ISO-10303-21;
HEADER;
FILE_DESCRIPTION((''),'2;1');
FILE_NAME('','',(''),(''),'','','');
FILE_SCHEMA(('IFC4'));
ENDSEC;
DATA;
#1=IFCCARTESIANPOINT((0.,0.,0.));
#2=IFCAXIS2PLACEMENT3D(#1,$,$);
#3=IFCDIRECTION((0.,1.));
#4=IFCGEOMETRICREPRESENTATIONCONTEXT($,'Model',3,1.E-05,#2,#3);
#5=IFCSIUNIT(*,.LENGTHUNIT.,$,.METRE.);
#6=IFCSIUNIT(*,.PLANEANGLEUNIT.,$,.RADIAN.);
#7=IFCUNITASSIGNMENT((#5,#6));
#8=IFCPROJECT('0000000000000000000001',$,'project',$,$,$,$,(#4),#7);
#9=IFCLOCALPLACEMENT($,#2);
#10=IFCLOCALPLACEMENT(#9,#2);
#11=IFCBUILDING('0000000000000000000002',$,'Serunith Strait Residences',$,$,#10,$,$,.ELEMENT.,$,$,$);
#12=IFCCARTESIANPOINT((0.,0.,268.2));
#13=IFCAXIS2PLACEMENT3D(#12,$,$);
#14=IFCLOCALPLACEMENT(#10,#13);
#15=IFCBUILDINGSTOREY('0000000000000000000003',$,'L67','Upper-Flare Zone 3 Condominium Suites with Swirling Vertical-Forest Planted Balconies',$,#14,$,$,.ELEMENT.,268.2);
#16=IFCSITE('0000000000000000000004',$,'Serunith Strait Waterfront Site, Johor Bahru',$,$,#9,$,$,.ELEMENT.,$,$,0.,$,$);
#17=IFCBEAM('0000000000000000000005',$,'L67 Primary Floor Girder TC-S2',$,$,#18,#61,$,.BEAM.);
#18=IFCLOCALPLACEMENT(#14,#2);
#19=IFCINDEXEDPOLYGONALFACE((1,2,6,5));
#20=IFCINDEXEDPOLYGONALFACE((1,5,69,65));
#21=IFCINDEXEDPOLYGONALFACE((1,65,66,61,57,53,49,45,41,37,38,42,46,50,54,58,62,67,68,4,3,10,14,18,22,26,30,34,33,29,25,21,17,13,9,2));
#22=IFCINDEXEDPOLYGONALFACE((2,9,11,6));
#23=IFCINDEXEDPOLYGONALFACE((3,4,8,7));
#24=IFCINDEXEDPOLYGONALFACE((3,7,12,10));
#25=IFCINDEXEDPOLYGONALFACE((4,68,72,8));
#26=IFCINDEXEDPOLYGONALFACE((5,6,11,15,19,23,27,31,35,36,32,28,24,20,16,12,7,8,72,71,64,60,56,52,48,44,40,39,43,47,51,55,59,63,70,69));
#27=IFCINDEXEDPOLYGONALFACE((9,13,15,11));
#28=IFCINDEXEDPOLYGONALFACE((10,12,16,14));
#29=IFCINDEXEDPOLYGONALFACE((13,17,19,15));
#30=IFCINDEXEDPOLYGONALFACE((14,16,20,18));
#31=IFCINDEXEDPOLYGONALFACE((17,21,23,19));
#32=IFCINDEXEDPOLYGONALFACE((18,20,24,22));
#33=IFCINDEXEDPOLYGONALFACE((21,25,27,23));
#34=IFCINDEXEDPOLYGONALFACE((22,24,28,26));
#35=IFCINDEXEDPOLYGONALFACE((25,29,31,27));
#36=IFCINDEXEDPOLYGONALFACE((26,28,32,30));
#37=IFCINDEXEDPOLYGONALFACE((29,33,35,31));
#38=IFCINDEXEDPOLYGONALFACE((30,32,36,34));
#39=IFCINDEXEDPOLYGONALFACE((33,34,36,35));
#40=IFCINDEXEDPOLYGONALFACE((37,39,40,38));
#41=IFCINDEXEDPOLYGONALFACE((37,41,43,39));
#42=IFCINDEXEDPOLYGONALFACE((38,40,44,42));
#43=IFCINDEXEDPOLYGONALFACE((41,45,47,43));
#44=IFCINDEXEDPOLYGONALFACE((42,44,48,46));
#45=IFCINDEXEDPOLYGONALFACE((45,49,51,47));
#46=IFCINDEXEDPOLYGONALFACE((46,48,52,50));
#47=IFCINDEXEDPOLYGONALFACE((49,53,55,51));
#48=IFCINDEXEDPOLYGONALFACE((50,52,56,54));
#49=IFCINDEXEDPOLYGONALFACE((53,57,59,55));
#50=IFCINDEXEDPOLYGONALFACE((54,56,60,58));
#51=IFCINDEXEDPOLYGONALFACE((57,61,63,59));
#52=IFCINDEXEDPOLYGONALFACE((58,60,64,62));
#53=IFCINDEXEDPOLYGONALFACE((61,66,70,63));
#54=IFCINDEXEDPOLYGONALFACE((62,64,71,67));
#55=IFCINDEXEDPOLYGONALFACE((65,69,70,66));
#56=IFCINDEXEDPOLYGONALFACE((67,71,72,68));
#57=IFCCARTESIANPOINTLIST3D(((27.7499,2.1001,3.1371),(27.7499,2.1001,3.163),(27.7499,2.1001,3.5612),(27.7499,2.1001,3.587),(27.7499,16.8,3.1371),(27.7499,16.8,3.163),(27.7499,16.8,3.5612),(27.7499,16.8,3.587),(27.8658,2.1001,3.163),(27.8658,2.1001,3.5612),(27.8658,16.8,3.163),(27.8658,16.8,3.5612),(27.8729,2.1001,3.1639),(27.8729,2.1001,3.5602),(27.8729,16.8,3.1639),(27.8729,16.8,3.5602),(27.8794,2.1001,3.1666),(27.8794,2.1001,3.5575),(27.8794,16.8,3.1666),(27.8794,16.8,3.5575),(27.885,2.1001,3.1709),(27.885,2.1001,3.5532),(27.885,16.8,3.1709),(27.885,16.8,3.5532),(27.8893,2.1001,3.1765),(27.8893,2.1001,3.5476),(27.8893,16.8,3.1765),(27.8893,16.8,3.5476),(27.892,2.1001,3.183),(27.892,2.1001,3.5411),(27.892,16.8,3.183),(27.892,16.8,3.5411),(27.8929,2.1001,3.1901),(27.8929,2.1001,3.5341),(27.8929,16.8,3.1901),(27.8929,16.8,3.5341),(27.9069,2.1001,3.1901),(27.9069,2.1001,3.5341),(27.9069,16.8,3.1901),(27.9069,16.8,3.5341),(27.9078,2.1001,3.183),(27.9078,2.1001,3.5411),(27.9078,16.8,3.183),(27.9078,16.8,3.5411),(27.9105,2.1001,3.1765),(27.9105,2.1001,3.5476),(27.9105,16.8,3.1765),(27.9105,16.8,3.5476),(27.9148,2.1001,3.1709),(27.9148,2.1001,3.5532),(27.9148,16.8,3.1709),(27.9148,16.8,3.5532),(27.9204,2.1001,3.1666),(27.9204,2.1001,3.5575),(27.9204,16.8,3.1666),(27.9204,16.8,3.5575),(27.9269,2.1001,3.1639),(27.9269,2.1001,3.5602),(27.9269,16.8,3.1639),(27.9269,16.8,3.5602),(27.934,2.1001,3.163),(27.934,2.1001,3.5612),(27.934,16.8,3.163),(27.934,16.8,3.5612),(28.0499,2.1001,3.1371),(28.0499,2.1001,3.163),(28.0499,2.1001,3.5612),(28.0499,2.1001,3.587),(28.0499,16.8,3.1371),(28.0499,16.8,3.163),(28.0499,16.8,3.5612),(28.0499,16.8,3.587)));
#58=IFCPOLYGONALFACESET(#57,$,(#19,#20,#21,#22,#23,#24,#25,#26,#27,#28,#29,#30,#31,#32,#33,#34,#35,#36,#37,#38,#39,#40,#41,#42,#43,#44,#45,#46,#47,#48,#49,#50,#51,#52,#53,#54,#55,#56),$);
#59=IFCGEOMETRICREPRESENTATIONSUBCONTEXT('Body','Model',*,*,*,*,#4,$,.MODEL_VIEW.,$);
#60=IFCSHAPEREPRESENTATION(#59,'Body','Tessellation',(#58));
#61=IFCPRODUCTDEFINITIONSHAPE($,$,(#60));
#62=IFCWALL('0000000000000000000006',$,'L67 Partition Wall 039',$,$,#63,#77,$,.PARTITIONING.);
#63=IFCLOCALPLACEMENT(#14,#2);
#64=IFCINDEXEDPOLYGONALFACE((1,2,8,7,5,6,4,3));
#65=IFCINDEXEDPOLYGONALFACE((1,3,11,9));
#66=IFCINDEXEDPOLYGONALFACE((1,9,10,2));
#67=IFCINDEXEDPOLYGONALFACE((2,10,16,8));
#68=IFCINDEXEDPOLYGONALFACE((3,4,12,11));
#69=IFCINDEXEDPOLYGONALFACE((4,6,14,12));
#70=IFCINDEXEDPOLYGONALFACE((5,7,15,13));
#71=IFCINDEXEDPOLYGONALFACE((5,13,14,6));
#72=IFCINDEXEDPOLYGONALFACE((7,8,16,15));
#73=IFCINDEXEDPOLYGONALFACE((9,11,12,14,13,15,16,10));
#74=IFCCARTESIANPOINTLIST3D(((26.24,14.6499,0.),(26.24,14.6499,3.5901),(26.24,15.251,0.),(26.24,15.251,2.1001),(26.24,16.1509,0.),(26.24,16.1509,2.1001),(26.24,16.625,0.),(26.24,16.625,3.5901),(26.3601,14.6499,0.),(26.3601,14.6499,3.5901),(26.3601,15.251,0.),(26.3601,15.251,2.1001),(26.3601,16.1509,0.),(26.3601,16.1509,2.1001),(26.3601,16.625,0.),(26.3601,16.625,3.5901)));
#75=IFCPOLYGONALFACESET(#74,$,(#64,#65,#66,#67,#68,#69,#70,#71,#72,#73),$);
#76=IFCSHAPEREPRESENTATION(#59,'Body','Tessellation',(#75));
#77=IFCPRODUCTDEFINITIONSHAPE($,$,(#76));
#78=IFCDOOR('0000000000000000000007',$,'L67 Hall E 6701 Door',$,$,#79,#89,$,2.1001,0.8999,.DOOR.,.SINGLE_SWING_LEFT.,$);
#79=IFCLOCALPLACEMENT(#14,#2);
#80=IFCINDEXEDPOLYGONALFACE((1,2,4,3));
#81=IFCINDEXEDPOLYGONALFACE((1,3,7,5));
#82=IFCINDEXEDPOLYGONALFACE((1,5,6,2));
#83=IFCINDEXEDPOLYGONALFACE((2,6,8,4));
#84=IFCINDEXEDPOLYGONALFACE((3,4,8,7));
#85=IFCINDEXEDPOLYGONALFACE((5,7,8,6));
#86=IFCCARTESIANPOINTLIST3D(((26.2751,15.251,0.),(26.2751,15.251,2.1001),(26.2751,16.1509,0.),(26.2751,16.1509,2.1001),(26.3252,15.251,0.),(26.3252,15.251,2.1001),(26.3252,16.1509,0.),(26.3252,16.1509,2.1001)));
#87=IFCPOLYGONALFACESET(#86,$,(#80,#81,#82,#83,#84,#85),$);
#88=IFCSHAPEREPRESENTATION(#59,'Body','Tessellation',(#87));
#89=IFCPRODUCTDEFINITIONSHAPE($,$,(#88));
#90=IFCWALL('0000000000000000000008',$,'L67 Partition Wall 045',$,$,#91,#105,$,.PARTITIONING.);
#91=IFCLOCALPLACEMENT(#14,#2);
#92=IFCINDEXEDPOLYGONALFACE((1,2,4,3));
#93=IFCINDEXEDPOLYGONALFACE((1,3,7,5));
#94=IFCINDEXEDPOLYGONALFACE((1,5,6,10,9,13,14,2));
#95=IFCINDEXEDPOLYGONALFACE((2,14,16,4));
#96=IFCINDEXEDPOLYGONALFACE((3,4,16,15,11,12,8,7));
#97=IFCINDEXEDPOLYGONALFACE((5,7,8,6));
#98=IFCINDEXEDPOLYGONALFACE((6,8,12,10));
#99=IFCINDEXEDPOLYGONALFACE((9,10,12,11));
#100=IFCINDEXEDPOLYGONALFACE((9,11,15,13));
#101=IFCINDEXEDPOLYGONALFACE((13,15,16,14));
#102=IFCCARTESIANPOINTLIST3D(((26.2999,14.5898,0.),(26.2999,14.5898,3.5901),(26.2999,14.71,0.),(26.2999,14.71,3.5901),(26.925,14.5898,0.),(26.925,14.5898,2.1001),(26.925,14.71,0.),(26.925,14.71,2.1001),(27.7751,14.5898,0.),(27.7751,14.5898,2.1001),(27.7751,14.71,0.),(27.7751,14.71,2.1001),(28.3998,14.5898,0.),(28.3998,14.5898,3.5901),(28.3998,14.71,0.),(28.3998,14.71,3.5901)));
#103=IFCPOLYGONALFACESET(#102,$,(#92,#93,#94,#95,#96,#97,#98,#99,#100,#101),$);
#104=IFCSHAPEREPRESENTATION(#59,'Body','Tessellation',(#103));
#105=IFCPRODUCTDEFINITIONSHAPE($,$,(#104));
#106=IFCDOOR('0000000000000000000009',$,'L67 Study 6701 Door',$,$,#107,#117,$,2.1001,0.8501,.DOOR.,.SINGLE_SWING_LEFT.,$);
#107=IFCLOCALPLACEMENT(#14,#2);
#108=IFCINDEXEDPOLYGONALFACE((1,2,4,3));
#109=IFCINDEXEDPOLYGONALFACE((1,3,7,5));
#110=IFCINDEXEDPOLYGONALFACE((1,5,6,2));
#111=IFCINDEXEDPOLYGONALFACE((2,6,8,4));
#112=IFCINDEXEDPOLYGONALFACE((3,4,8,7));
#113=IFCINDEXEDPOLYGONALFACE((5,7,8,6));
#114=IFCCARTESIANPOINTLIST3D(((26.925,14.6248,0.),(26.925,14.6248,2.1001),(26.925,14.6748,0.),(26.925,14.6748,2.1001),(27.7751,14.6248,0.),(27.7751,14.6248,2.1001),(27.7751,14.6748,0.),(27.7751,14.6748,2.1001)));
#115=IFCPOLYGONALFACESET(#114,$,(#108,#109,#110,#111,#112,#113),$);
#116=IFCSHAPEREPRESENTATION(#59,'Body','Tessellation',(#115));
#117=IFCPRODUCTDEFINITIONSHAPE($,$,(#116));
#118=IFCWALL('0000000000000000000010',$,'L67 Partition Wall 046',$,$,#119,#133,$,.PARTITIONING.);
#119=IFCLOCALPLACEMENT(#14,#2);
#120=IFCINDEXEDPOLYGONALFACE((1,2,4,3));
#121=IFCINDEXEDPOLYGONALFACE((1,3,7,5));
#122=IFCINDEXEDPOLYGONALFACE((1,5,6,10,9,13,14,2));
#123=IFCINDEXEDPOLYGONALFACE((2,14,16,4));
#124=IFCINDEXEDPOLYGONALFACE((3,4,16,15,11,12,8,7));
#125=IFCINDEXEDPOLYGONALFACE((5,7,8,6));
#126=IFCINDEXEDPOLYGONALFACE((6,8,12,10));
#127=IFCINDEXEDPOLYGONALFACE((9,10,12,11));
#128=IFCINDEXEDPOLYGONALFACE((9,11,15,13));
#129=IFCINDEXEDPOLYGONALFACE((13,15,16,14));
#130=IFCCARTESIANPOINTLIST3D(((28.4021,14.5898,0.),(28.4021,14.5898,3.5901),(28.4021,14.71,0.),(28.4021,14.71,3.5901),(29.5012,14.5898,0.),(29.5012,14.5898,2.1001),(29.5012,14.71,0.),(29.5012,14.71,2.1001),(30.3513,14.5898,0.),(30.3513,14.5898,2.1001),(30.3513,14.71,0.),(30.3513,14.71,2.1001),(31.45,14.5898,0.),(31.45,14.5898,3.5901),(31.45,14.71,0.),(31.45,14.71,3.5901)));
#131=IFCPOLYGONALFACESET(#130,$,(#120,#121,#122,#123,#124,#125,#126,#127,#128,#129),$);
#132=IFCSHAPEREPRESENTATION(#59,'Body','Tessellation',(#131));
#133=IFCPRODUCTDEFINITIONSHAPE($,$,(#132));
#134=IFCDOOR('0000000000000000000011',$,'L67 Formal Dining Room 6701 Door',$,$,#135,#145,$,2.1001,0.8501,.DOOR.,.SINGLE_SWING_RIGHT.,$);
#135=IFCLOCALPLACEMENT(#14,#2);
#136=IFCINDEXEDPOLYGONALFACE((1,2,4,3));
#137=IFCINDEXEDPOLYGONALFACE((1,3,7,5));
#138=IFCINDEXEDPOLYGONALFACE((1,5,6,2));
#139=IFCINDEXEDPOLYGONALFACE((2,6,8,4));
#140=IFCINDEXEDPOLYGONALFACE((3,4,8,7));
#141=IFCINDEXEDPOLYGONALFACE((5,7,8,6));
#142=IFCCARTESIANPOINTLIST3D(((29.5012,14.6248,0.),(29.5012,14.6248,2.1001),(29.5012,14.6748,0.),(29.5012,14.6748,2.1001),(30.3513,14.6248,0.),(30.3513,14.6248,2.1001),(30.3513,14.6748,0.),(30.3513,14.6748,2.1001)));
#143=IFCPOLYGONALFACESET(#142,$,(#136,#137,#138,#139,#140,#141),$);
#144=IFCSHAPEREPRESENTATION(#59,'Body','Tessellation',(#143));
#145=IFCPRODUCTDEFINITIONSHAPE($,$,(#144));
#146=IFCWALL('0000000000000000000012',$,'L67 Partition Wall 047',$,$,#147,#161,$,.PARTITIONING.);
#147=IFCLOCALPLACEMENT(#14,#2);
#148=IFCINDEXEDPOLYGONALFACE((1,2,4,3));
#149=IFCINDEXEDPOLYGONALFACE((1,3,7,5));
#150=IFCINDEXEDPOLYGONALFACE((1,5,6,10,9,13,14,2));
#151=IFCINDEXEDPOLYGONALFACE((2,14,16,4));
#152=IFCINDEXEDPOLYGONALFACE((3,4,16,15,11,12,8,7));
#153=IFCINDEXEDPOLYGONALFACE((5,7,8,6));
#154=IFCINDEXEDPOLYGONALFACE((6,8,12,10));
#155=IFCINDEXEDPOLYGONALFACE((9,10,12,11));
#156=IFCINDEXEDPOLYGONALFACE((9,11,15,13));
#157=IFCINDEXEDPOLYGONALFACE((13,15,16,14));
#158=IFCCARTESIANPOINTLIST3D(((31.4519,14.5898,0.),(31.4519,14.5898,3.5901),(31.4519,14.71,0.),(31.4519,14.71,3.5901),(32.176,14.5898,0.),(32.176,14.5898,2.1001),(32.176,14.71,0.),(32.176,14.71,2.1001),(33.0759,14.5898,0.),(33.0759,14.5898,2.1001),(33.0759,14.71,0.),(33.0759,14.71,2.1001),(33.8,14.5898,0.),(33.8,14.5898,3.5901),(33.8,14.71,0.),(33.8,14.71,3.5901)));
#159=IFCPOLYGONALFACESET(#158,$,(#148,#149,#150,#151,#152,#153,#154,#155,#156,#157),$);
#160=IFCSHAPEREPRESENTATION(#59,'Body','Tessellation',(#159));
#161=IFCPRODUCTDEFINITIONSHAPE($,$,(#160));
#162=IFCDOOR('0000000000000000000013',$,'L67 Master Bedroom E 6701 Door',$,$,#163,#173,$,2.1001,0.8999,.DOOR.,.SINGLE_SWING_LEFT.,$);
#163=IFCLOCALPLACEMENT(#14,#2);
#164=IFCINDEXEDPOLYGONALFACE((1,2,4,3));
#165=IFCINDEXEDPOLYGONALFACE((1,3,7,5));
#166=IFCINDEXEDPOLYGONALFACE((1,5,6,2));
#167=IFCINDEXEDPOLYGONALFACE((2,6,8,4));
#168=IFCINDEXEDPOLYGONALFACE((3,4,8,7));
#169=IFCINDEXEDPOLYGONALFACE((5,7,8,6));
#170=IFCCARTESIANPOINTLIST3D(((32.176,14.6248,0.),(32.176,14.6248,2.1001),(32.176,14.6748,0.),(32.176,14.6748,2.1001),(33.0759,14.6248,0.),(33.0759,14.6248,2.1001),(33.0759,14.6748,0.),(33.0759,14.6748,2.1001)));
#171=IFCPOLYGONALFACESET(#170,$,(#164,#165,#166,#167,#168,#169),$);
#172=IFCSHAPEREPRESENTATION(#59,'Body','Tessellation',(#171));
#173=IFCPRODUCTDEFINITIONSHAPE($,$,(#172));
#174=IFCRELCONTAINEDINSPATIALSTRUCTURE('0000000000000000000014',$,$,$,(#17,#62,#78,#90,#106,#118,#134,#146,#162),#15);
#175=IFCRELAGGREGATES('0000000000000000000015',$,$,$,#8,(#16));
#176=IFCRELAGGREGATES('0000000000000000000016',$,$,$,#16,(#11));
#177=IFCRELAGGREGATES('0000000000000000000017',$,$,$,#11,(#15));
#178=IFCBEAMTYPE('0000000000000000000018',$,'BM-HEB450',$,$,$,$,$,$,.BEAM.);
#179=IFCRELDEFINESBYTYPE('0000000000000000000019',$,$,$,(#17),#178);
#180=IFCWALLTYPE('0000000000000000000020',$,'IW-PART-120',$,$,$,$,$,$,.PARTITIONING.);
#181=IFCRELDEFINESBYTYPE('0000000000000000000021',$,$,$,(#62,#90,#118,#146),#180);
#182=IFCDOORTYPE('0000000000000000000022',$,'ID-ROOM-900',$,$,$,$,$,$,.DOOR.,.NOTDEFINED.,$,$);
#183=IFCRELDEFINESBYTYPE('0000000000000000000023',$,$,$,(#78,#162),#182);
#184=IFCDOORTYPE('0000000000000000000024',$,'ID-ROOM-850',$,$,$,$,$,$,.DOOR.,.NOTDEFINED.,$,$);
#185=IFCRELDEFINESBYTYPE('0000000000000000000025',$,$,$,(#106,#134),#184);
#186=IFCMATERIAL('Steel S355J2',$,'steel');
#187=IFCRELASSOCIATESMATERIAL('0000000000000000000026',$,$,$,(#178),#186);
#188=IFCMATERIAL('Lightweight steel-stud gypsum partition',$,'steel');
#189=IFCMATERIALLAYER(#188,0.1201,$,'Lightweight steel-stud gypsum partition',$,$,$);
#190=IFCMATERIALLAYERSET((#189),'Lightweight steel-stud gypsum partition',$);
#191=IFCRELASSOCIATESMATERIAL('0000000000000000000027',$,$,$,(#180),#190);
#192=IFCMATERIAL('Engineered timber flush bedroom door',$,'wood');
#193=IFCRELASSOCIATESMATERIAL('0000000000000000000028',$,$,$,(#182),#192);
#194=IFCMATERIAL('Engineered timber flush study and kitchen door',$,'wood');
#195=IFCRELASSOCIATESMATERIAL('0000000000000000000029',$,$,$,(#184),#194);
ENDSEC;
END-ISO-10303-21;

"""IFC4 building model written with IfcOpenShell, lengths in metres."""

from ifc_helpers import new_model, si_unit, direction, frame, frame_2d, origin, origin_2d, place, context, subcontext, project, spatial, rectangle, i_section, extrude, source, transform, mapped, material, layer, layer_set, material_profile, profile_set, type_object, element, fill, save


model = new_model("IFC4")

# Units and contexts
model_context = context("Model", 3, precision=1e-05, world=origin(), true_north=direction((0.0, 1.0)))
body_context = subcontext(model_context, "Body", "Model", "MODEL_VIEW")
ifc_project = project(units=[si_unit("LENGTHUNIT", "METRE"), si_unit("PLANEANGLEUNIT", "RADIAN")], contexts=[model_context])

# Site, building, storey
site_placement = place(None, origin())
site = spatial("IfcSite", under=ifc_project, at=site_placement, Name="Serunith Strait Waterfront Site, Johor Bahru", CompositionType="ELEMENT", RefElevation=0.0)
building_placement = place(site_placement, origin())
building = spatial("IfcBuilding", under=site, at=building_placement, Name="Serunith Strait Residences", CompositionType="ELEMENT")
storey_placement = place(building_placement, frame((0.0, 0.0, 268.2)))
storey = spatial("IfcBuildingStorey", under=building, at=storey_placement, Name="L67", Description="Upper-Flare Zone 3 Condominium Suites with Swirling Vertical-Forest Planted Balconies", CompositionType="ELEMENT", Elevation=268.2)

# Beam
ifc_material_1 = material(Name="Steel S355J2", Category="steel")
ifc_material_profile = material_profile(ifc_material_1, i_section(OverallWidth=0.3, OverallDepth=0.45, WebThickness=0.0139, FlangeThickness=0.0259, FilletRadius=0.0271, at=origin_2d()), Name="HEB 450")
ifc_profile_set = profile_set([ifc_material_profile], Name="Steel S355J2")
beam_type = type_object("IfcBeamType", Name="BM-HEB450", PredefinedType="BEAM", material=ifc_profile_set)
shared_shape_1 = source(origin(), body_context, "Body", "SweptSolid", [
    extrude(i_section(OverallWidth=0.3, OverallDepth=0.45, WebThickness=0.0139, FlangeThickness=0.0259, FilletRadius=0.0271, at=origin_2d()), origin(), (0.0, 0.0, 1.0), 14.7),
])
beam_placement = place(storey_placement, frame((27.8999, 16.8, 3.3621), z_axis=(0.0, -1.0, 0.0), x_axis=(1.0, 0.0, 0.0)))
element("IfcBeam", 1, at=beam_placement, inside=storey, type_object=beam_type, Name="L67 Primary Floor Girder TC-S2", PredefinedType="BEAM", context=body_context, shape_type="MappedRepresentation", body=[
    mapped(shared_shape_1, transform((0.0, 0.0, 0.0), scale=1.0)),
])

# Walls, openings, doors
ifc_material_2 = material(Name="Lightweight steel-stud gypsum partition", Category="steel")
ifc_layer_1 = layer(ifc_material_2, 0.1201, Name="Lightweight steel-stud gypsum partition")
ifc_layer_set_1 = layer_set([ifc_layer_1], Name="Lightweight steel-stud gypsum partition")
wall_type_1 = type_object("IfcWallType", Name="IW-PART-120", PredefinedType="PARTITIONING", material=ifc_layer_set_1)
wall_1_placement = place(storey_placement, frame((26.3, 14.6499, 0.0), z_axis=(0.0, 0.0, 1.0), x_axis=(0.0, 1.0, 0.0)))
wall_1 = element("IfcWall", 2, at=wall_1_placement, inside=storey, type_object=wall_type_1, Name="L67 Partition Wall 039", PredefinedType="PARTITIONING", context=body_context, shape_type="SweptSolid", body=[
    extrude(rectangle(XDim=1.9751, YDim=0.1201, at=frame_2d((0.9875, 0.0))), origin(), (0.0, 0.0, 1.0), 3.5901),
])
opening_1_placement = place(wall_1_placement, frame((0.6011, 0.0, 0.0)))
opening_1 = element("IfcOpeningElement", 3, at=opening_1_placement, cuts=wall_1, PredefinedType="OPENING", context=body_context, shape_type="SweptSolid", body=[
    extrude(rectangle(XDim=0.8999, YDim=2.1001, at=frame_2d((0.45, 1.05))), frame((0.0, 0.0701, 0.0), z_axis=(0.0, -1.0, 0.0), x_axis=(1.0, 0.0, 0.0)), (0.0, 0.0, 1.0), 0.1401),
])
ifc_material_3 = material(Name="Engineered timber flush bedroom door", Category="wood")
door_type_1 = type_object("IfcDoorType", Name="ID-ROOM-900", OperationType="NOTDEFINED", PredefinedType="DOOR", material=ifc_material_3)
shared_shape_2 = source(origin(), body_context, "Body", "SweptSolid", [
    extrude(rectangle(XDim=0.8999, YDim=2.1001, at=frame_2d((0.45, 1.05))), frame((0.0, 0.0249, 0.0), z_axis=(0.0, -1.0, 0.0), x_axis=(1.0, 0.0, 0.0)), (0.0, 0.0, 1.0), 0.05),
])
door_1_placement = place(opening_1_placement, origin())
door_1 = element("IfcDoor", 4, at=door_1_placement, inside=storey, type_object=door_type_1, Name="L67 Hall E 6701 Door", OperationType="SINGLE_SWING_LEFT", OverallHeight=2.1001, OverallWidth=0.8999, PredefinedType="DOOR", context=body_context, shape_type="MappedRepresentation", body=[
    mapped(shared_shape_2, transform((0.0, 0.0, 0.0), scale=1.0)),
])
fill(opening_1, door_1)
wall_2_placement = place(storey_placement, frame((26.3, 14.6499, 0.0), z_axis=(0.0, 0.0, 1.0), x_axis=(1.0, 0.0, 0.0)))
wall_2 = element("IfcWall", 5, at=wall_2_placement, inside=storey, type_object=wall_type_1, Name="L67 Partition Wall 045", PredefinedType="PARTITIONING", context=body_context, shape_type="SweptSolid", body=[
    extrude(rectangle(XDim=2.0999, YDim=0.1201, at=frame_2d((1.0498, 0.0))), origin(), (0.0, 0.0, 1.0), 3.5901),
])
opening_2_placement = place(wall_2_placement, frame((0.625, 0.0, 0.0)))
opening_2 = element("IfcOpeningElement", 6, at=opening_2_placement, cuts=wall_2, PredefinedType="OPENING", context=body_context, shape_type="SweptSolid", body=[
    extrude(rectangle(XDim=0.8501, YDim=2.1001, at=frame_2d((0.425, 1.05))), frame((0.0, 0.0701, 0.0), z_axis=(0.0, -1.0, 0.0), x_axis=(1.0, 0.0, 0.0)), (0.0, 0.0, 1.0), 0.1401),
])
ifc_material_4 = material(Name="Engineered timber flush study and kitchen door", Category="wood")
door_type_2 = type_object("IfcDoorType", Name="ID-ROOM-850", OperationType="NOTDEFINED", PredefinedType="DOOR", material=ifc_material_4)
shared_shape_3 = source(origin(), body_context, "Body", "SweptSolid", [
    extrude(rectangle(XDim=0.8501, YDim=2.1001, at=frame_2d((0.425, 1.05))), frame((0.0, 0.0249, 0.0), z_axis=(0.0, -1.0, 0.0), x_axis=(1.0, 0.0, 0.0)), (0.0, 0.0, 1.0), 0.05),
])
door_2_placement = place(opening_2_placement, origin())
door_2 = element("IfcDoor", 7, at=door_2_placement, inside=storey, type_object=door_type_2, Name="L67 Study 6701 Door", OperationType="SINGLE_SWING_LEFT", OverallHeight=2.1001, OverallWidth=0.8501, PredefinedType="DOOR", context=body_context, shape_type="MappedRepresentation", body=[
    mapped(shared_shape_3, transform((0.0, 0.0, 0.0), scale=1.0)),
])
fill(opening_2, door_2)
wall_3_placement = place(storey_placement, frame((28.4021, 14.6499, 0.0), z_axis=(0.0, 0.0, 1.0), x_axis=(1.0, 0.0, 0.0)))
wall_3 = element("IfcWall", 8, at=wall_3_placement, inside=storey, type_object=wall_type_1, Name="L67 Partition Wall 046", PredefinedType="PARTITIONING", context=body_context, shape_type="SweptSolid", body=[
    extrude(rectangle(XDim=3.0479, YDim=0.1201, at=frame_2d((1.5239, 0.0))), origin(), (0.0, 0.0, 1.0), 3.5901),
])
opening_3_placement = place(wall_3_placement, frame((1.0991, 0.0, 0.0)))
opening_3 = element("IfcOpeningElement", 9, at=opening_3_placement, cuts=wall_3, PredefinedType="OPENING", context=body_context, shape_type="SweptSolid", body=[
    extrude(rectangle(XDim=0.8501, YDim=2.1001, at=frame_2d((0.425, 1.05))), frame((0.0, 0.0701, 0.0), z_axis=(0.0, -1.0, 0.0), x_axis=(1.0, 0.0, 0.0)), (0.0, 0.0, 1.0), 0.1401),
])
door_3_placement = place(opening_3_placement, origin())
door_3 = element("IfcDoor", 10, at=door_3_placement, inside=storey, type_object=door_type_2, Name="L67 Formal Dining Room 6701 Door", OperationType="SINGLE_SWING_RIGHT", OverallHeight=2.1001, OverallWidth=0.8501, PredefinedType="DOOR", context=body_context, shape_type="MappedRepresentation", body=[
    mapped(shared_shape_3, transform((0.0, 0.0, 0.0), scale=1.0)),
])
fill(opening_3, door_3)
wall_4_placement = place(storey_placement, frame((31.4519, 14.6499, 0.0), z_axis=(0.0, 0.0, 1.0), x_axis=(1.0, 0.0, 0.0)))
wall_4 = element("IfcWall", 11, at=wall_4_placement, inside=storey, type_object=wall_type_1, Name="L67 Partition Wall 047", PredefinedType="PARTITIONING", context=body_context, shape_type="SweptSolid", body=[
    extrude(rectangle(XDim=2.3481, YDim=0.1201, at=frame_2d((1.1741, 0.0))), origin(), (0.0, 0.0, 1.0), 3.5901),
])
opening_4_placement = place(wall_4_placement, frame((0.7241, 0.0, 0.0)))
opening_4 = element("IfcOpeningElement", 12, at=opening_4_placement, cuts=wall_4, PredefinedType="OPENING", context=body_context, shape_type="SweptSolid", body=[
    extrude(rectangle(XDim=0.8999, YDim=2.1001, at=frame_2d((0.45, 1.05))), frame((0.0, 0.0701, 0.0), z_axis=(0.0, -1.0, 0.0), x_axis=(1.0, 0.0, 0.0)), (0.0, 0.0, 1.0), 0.1401),
])
door_4_placement = place(opening_4_placement, origin())
door_4 = element("IfcDoor", 13, at=door_4_placement, inside=storey, type_object=door_type_1, Name="L67 Master Bedroom E 6701 Door", OperationType="SINGLE_SWING_LEFT", OverallHeight=2.1001, OverallWidth=0.8999, PredefinedType="DOOR", context=body_context, shape_type="MappedRepresentation", body=[
    mapped(shared_shape_2, transform((0.0, 0.0, 0.0), scale=1.0)),
])
fill(opening_4, door_4)

save(model, "model.ifc")
